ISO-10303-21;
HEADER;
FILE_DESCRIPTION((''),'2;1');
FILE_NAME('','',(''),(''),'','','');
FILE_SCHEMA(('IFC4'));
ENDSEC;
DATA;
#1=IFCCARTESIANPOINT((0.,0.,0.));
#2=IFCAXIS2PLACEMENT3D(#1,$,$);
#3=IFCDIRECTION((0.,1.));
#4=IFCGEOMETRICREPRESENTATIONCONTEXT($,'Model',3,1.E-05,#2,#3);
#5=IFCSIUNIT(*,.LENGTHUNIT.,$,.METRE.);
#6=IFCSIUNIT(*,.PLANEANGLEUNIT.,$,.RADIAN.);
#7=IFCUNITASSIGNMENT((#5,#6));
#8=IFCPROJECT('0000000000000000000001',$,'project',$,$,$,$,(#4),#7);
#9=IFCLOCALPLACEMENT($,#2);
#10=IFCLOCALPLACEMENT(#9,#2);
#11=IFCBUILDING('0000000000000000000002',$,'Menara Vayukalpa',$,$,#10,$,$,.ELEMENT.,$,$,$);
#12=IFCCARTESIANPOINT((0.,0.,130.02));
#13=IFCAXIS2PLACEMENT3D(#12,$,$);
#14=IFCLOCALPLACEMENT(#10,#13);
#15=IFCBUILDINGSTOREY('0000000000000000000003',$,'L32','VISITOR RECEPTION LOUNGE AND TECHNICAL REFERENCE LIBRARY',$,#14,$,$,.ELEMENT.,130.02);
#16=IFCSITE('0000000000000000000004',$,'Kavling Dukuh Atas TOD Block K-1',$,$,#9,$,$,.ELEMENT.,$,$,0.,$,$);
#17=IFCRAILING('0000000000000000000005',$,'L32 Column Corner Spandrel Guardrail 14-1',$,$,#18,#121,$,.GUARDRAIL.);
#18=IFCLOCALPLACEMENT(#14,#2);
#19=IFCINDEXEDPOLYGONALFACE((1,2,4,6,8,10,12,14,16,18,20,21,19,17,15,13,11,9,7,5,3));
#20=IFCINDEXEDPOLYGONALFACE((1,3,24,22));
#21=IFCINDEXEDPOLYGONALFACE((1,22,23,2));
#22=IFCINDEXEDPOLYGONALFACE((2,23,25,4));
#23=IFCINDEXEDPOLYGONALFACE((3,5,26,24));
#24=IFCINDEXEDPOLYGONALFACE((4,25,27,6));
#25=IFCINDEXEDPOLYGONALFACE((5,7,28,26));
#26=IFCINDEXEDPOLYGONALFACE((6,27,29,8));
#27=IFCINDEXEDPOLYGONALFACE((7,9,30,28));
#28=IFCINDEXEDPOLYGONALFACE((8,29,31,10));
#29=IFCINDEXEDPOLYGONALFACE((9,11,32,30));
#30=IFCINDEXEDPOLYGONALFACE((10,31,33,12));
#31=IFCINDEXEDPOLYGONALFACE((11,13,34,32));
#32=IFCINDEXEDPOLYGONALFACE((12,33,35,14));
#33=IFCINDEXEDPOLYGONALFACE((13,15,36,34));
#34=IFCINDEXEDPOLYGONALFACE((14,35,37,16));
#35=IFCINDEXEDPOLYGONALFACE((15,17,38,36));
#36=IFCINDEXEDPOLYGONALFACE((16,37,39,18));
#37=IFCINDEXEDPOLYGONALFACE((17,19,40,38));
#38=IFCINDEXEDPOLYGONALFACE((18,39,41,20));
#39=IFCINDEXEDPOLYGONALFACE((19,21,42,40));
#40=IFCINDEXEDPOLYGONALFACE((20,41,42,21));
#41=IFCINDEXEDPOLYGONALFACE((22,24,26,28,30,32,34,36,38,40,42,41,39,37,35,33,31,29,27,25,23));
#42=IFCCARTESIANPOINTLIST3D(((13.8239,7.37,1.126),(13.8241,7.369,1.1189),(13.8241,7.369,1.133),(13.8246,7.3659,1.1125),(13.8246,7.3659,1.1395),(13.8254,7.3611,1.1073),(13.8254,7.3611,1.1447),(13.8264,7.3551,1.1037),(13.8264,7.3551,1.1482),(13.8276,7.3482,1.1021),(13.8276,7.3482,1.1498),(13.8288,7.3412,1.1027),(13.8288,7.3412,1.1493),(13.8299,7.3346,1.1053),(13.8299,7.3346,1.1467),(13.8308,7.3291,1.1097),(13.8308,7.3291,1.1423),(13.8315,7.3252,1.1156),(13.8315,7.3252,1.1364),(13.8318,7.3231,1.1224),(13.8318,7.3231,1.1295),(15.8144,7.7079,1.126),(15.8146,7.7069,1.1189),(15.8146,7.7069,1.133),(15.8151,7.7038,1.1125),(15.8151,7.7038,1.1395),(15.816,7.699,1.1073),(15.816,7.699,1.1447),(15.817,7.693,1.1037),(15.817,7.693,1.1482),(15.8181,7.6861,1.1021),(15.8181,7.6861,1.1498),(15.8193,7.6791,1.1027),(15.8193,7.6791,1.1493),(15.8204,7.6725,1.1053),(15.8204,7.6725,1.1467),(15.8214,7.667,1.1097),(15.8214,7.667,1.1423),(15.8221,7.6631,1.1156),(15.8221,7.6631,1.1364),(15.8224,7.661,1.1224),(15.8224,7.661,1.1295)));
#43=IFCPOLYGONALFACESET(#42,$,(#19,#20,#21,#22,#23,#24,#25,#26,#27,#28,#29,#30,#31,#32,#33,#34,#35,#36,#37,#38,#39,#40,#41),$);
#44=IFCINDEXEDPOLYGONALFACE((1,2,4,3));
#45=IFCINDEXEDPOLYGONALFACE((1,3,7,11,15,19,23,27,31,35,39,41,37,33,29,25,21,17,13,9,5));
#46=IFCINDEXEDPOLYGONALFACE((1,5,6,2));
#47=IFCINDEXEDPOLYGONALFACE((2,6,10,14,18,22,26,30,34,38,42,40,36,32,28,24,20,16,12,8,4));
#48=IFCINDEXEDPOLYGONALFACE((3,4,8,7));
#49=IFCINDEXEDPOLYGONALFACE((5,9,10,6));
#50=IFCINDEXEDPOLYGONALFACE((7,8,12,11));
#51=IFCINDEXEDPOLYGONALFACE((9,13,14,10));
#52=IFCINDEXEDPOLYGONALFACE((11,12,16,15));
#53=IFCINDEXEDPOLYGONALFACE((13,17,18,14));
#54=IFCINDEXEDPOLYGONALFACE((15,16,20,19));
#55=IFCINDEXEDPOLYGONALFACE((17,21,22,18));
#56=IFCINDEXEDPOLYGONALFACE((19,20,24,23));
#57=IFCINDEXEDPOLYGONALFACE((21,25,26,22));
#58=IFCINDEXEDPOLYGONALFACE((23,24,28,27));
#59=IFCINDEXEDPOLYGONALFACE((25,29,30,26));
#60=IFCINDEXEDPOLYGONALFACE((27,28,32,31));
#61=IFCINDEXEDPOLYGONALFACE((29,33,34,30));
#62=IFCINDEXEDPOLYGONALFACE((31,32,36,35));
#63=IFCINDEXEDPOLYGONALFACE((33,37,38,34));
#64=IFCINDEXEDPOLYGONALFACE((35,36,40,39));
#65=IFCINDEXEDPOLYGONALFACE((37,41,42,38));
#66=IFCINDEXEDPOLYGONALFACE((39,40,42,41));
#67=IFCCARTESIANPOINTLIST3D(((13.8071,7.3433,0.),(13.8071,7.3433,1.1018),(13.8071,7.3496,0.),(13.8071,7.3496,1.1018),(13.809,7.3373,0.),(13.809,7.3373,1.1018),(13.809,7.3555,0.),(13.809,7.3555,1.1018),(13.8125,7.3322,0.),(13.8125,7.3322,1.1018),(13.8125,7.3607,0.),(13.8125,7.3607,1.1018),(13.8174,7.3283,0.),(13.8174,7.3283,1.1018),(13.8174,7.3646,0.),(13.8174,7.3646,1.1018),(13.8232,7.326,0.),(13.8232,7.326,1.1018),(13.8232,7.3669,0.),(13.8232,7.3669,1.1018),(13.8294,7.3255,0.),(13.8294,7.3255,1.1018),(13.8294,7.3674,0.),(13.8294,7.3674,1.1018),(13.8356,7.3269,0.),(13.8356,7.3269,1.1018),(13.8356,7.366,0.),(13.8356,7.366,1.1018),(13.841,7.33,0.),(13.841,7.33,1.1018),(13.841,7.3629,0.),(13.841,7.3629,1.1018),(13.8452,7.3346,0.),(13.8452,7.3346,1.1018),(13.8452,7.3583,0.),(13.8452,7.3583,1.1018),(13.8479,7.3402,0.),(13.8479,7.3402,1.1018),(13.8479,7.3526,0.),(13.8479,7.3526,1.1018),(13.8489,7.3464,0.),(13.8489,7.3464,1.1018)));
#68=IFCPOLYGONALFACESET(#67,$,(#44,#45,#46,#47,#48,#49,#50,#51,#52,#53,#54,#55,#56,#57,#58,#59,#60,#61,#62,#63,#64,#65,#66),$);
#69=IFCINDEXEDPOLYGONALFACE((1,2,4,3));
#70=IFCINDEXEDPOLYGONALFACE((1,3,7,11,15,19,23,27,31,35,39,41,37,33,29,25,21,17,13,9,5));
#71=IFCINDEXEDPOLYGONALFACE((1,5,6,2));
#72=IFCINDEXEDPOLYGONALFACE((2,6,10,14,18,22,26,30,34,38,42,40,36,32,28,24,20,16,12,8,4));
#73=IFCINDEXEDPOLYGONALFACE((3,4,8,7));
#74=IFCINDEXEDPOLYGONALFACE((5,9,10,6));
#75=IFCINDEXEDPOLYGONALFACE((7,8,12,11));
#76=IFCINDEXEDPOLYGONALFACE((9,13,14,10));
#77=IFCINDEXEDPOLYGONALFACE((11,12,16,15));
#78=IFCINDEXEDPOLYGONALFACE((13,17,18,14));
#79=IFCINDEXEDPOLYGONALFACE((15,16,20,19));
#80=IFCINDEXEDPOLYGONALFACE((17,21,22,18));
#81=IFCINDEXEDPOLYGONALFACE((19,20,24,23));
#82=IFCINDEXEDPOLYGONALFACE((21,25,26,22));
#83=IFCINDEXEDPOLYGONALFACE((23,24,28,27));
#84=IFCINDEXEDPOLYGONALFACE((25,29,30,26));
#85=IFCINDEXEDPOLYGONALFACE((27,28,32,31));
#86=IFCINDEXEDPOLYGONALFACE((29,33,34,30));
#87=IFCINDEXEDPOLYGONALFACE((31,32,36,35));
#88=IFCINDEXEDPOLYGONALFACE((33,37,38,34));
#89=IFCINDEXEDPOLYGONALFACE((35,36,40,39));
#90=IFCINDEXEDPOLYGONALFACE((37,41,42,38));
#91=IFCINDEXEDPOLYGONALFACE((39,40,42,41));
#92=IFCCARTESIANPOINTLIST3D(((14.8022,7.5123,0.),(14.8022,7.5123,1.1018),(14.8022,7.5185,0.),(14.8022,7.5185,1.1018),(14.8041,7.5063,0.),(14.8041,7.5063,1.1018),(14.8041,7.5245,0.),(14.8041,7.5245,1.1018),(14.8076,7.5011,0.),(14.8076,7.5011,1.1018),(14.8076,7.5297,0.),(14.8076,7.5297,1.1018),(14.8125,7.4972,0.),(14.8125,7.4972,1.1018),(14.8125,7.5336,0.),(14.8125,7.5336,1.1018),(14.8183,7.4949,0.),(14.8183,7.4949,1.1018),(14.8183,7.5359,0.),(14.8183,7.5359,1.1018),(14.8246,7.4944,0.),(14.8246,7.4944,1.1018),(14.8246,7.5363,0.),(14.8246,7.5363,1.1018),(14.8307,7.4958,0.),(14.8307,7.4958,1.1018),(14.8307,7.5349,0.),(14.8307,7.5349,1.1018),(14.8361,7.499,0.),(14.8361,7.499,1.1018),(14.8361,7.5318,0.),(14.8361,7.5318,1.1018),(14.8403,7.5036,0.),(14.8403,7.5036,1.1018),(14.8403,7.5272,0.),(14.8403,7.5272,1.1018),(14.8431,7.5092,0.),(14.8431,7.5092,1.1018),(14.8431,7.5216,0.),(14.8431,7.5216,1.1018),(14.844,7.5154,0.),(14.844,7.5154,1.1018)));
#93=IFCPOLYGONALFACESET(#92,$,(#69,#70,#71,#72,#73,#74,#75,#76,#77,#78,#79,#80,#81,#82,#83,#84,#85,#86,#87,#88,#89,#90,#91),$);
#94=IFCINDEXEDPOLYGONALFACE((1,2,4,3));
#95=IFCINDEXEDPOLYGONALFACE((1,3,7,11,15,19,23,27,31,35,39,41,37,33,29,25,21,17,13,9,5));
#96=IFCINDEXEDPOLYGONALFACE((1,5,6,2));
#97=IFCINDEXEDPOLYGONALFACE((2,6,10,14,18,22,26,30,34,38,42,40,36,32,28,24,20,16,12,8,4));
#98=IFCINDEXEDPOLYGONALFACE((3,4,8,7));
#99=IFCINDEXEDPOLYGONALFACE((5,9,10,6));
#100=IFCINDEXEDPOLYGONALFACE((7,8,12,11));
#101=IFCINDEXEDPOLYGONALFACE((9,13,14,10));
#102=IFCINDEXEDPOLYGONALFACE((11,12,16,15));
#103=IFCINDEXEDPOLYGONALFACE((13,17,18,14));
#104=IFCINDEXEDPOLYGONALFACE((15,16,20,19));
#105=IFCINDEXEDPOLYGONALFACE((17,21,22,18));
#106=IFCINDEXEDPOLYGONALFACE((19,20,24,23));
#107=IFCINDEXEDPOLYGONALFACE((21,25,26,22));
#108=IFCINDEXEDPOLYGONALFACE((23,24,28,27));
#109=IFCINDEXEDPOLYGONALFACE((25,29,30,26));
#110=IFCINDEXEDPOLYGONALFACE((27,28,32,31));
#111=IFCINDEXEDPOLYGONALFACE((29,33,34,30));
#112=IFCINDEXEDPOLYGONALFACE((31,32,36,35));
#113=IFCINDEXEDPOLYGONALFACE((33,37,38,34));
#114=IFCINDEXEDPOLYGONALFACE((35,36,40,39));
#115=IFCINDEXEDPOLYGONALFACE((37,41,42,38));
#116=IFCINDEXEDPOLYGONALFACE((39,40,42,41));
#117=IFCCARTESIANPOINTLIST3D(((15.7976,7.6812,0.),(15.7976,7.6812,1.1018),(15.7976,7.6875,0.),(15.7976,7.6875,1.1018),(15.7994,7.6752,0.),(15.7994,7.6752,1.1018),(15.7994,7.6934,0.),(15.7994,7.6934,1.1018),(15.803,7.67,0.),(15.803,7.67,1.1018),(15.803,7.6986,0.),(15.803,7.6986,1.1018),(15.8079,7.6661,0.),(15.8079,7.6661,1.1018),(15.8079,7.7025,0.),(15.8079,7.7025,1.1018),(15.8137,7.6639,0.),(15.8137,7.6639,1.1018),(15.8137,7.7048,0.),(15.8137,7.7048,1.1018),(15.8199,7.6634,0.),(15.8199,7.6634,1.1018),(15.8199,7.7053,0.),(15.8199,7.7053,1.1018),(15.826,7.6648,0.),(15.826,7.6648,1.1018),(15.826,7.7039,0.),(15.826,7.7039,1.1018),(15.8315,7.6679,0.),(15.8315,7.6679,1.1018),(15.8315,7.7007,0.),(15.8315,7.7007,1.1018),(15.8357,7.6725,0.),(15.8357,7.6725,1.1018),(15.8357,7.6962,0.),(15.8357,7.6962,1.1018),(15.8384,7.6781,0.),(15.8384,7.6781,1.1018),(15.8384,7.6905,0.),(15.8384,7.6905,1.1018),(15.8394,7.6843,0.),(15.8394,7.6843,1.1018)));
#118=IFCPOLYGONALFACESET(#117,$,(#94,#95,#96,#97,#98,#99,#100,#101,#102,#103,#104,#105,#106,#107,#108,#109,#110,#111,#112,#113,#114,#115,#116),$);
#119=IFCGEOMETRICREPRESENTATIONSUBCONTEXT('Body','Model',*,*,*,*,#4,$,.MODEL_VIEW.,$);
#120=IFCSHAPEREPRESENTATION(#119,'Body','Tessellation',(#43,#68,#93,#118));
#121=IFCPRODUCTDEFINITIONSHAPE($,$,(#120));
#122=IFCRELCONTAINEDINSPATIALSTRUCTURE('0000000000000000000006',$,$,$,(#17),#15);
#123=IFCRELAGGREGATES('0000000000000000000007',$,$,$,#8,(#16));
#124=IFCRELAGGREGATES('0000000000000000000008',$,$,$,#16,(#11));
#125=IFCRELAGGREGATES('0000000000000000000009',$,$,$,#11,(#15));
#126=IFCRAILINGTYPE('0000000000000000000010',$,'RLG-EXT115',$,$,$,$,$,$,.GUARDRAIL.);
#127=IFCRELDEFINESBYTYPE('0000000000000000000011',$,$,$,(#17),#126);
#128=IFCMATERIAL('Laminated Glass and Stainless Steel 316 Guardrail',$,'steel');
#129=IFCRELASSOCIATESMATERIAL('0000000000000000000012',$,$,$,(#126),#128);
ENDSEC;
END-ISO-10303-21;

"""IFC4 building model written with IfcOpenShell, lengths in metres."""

from ifc_helpers import new_model, si_unit, direction, frame, origin, origin_2d, place, context, subcontext, project, spatial, circle, extrude, material, type_object, element, save


model = new_model("IFC4")

# Units and contexts
model_context = context("Model", 3, precision=1e-05, world=origin(), true_north=direction((0.0, 1.0)))
body_context = subcontext(model_context, "Body", "Model", "MODEL_VIEW")
ifc_project = project(units=[si_unit("LENGTHUNIT", "METRE"), si_unit("PLANEANGLEUNIT", "RADIAN")], contexts=[model_context])

# Site, building, storey
site_placement = place(None, origin())
site = spatial("IfcSite", under=ifc_project, at=site_placement, Name="Kavling Dukuh Atas TOD Block K-1", CompositionType="ELEMENT", RefElevation=0.0)
building_placement = place(site_placement, origin())
building = spatial("IfcBuilding", under=site, at=building_placement, Name="Menara Vayukalpa", CompositionType="ELEMENT")
storey_placement = place(building_placement, frame((0.0, 0.0, 130.02)))
storey = spatial("IfcBuildingStorey", under=building, at=storey_placement, Name="L32", Description="VISITOR RECEPTION LOUNGE AND TECHNICAL REFERENCE LIBRARY", CompositionType="ELEMENT", Elevation=130.02)

# Railing
ifc_material_1 = material(Name="Laminated Glass and Stainless Steel 316 Guardrail", Category="steel")
railing_type = type_object("IfcRailingType", Name="RLG-EXT115", PredefinedType="GUARDRAIL", material=ifc_material_1)
railing_1_placement = place(storey_placement, frame((13.8279, 7.3464, 0.0)))
element("IfcRailing", 1, at=railing_1_placement, inside=storey, type_object=railing_type, Name="L32 Column Corner Spandrel Guardrail 14-1", PredefinedType="GUARDRAIL", context=body_context, shape_type="SweptSolid", body=[
    extrude(circle(Radius=0.0239, at=origin_2d()), frame((0.0, 0.0, 1.126), z_axis=(0.985896, 0.167359, 0.0), x_axis=(-0.167359, 0.985896, 0.0)), (0.0, 0.0, 1.0), 2.019),
    extrude(circle(Radius=0.021, at=origin_2d()), origin(), (0.0, 0.0, 1.0), 1.1018),
    extrude(circle(Radius=0.021, at=origin_2d()), frame((0.9951, 0.1689, 0.0)), (0.0, 0.0, 1.0), 1.1018),
    extrude(circle(Radius=0.021, at=origin_2d()), frame((1.9905, 0.3379, 0.0)), (0.0, 0.0, 1.0), 1.1018),
])

save(model, "model.ifc")
